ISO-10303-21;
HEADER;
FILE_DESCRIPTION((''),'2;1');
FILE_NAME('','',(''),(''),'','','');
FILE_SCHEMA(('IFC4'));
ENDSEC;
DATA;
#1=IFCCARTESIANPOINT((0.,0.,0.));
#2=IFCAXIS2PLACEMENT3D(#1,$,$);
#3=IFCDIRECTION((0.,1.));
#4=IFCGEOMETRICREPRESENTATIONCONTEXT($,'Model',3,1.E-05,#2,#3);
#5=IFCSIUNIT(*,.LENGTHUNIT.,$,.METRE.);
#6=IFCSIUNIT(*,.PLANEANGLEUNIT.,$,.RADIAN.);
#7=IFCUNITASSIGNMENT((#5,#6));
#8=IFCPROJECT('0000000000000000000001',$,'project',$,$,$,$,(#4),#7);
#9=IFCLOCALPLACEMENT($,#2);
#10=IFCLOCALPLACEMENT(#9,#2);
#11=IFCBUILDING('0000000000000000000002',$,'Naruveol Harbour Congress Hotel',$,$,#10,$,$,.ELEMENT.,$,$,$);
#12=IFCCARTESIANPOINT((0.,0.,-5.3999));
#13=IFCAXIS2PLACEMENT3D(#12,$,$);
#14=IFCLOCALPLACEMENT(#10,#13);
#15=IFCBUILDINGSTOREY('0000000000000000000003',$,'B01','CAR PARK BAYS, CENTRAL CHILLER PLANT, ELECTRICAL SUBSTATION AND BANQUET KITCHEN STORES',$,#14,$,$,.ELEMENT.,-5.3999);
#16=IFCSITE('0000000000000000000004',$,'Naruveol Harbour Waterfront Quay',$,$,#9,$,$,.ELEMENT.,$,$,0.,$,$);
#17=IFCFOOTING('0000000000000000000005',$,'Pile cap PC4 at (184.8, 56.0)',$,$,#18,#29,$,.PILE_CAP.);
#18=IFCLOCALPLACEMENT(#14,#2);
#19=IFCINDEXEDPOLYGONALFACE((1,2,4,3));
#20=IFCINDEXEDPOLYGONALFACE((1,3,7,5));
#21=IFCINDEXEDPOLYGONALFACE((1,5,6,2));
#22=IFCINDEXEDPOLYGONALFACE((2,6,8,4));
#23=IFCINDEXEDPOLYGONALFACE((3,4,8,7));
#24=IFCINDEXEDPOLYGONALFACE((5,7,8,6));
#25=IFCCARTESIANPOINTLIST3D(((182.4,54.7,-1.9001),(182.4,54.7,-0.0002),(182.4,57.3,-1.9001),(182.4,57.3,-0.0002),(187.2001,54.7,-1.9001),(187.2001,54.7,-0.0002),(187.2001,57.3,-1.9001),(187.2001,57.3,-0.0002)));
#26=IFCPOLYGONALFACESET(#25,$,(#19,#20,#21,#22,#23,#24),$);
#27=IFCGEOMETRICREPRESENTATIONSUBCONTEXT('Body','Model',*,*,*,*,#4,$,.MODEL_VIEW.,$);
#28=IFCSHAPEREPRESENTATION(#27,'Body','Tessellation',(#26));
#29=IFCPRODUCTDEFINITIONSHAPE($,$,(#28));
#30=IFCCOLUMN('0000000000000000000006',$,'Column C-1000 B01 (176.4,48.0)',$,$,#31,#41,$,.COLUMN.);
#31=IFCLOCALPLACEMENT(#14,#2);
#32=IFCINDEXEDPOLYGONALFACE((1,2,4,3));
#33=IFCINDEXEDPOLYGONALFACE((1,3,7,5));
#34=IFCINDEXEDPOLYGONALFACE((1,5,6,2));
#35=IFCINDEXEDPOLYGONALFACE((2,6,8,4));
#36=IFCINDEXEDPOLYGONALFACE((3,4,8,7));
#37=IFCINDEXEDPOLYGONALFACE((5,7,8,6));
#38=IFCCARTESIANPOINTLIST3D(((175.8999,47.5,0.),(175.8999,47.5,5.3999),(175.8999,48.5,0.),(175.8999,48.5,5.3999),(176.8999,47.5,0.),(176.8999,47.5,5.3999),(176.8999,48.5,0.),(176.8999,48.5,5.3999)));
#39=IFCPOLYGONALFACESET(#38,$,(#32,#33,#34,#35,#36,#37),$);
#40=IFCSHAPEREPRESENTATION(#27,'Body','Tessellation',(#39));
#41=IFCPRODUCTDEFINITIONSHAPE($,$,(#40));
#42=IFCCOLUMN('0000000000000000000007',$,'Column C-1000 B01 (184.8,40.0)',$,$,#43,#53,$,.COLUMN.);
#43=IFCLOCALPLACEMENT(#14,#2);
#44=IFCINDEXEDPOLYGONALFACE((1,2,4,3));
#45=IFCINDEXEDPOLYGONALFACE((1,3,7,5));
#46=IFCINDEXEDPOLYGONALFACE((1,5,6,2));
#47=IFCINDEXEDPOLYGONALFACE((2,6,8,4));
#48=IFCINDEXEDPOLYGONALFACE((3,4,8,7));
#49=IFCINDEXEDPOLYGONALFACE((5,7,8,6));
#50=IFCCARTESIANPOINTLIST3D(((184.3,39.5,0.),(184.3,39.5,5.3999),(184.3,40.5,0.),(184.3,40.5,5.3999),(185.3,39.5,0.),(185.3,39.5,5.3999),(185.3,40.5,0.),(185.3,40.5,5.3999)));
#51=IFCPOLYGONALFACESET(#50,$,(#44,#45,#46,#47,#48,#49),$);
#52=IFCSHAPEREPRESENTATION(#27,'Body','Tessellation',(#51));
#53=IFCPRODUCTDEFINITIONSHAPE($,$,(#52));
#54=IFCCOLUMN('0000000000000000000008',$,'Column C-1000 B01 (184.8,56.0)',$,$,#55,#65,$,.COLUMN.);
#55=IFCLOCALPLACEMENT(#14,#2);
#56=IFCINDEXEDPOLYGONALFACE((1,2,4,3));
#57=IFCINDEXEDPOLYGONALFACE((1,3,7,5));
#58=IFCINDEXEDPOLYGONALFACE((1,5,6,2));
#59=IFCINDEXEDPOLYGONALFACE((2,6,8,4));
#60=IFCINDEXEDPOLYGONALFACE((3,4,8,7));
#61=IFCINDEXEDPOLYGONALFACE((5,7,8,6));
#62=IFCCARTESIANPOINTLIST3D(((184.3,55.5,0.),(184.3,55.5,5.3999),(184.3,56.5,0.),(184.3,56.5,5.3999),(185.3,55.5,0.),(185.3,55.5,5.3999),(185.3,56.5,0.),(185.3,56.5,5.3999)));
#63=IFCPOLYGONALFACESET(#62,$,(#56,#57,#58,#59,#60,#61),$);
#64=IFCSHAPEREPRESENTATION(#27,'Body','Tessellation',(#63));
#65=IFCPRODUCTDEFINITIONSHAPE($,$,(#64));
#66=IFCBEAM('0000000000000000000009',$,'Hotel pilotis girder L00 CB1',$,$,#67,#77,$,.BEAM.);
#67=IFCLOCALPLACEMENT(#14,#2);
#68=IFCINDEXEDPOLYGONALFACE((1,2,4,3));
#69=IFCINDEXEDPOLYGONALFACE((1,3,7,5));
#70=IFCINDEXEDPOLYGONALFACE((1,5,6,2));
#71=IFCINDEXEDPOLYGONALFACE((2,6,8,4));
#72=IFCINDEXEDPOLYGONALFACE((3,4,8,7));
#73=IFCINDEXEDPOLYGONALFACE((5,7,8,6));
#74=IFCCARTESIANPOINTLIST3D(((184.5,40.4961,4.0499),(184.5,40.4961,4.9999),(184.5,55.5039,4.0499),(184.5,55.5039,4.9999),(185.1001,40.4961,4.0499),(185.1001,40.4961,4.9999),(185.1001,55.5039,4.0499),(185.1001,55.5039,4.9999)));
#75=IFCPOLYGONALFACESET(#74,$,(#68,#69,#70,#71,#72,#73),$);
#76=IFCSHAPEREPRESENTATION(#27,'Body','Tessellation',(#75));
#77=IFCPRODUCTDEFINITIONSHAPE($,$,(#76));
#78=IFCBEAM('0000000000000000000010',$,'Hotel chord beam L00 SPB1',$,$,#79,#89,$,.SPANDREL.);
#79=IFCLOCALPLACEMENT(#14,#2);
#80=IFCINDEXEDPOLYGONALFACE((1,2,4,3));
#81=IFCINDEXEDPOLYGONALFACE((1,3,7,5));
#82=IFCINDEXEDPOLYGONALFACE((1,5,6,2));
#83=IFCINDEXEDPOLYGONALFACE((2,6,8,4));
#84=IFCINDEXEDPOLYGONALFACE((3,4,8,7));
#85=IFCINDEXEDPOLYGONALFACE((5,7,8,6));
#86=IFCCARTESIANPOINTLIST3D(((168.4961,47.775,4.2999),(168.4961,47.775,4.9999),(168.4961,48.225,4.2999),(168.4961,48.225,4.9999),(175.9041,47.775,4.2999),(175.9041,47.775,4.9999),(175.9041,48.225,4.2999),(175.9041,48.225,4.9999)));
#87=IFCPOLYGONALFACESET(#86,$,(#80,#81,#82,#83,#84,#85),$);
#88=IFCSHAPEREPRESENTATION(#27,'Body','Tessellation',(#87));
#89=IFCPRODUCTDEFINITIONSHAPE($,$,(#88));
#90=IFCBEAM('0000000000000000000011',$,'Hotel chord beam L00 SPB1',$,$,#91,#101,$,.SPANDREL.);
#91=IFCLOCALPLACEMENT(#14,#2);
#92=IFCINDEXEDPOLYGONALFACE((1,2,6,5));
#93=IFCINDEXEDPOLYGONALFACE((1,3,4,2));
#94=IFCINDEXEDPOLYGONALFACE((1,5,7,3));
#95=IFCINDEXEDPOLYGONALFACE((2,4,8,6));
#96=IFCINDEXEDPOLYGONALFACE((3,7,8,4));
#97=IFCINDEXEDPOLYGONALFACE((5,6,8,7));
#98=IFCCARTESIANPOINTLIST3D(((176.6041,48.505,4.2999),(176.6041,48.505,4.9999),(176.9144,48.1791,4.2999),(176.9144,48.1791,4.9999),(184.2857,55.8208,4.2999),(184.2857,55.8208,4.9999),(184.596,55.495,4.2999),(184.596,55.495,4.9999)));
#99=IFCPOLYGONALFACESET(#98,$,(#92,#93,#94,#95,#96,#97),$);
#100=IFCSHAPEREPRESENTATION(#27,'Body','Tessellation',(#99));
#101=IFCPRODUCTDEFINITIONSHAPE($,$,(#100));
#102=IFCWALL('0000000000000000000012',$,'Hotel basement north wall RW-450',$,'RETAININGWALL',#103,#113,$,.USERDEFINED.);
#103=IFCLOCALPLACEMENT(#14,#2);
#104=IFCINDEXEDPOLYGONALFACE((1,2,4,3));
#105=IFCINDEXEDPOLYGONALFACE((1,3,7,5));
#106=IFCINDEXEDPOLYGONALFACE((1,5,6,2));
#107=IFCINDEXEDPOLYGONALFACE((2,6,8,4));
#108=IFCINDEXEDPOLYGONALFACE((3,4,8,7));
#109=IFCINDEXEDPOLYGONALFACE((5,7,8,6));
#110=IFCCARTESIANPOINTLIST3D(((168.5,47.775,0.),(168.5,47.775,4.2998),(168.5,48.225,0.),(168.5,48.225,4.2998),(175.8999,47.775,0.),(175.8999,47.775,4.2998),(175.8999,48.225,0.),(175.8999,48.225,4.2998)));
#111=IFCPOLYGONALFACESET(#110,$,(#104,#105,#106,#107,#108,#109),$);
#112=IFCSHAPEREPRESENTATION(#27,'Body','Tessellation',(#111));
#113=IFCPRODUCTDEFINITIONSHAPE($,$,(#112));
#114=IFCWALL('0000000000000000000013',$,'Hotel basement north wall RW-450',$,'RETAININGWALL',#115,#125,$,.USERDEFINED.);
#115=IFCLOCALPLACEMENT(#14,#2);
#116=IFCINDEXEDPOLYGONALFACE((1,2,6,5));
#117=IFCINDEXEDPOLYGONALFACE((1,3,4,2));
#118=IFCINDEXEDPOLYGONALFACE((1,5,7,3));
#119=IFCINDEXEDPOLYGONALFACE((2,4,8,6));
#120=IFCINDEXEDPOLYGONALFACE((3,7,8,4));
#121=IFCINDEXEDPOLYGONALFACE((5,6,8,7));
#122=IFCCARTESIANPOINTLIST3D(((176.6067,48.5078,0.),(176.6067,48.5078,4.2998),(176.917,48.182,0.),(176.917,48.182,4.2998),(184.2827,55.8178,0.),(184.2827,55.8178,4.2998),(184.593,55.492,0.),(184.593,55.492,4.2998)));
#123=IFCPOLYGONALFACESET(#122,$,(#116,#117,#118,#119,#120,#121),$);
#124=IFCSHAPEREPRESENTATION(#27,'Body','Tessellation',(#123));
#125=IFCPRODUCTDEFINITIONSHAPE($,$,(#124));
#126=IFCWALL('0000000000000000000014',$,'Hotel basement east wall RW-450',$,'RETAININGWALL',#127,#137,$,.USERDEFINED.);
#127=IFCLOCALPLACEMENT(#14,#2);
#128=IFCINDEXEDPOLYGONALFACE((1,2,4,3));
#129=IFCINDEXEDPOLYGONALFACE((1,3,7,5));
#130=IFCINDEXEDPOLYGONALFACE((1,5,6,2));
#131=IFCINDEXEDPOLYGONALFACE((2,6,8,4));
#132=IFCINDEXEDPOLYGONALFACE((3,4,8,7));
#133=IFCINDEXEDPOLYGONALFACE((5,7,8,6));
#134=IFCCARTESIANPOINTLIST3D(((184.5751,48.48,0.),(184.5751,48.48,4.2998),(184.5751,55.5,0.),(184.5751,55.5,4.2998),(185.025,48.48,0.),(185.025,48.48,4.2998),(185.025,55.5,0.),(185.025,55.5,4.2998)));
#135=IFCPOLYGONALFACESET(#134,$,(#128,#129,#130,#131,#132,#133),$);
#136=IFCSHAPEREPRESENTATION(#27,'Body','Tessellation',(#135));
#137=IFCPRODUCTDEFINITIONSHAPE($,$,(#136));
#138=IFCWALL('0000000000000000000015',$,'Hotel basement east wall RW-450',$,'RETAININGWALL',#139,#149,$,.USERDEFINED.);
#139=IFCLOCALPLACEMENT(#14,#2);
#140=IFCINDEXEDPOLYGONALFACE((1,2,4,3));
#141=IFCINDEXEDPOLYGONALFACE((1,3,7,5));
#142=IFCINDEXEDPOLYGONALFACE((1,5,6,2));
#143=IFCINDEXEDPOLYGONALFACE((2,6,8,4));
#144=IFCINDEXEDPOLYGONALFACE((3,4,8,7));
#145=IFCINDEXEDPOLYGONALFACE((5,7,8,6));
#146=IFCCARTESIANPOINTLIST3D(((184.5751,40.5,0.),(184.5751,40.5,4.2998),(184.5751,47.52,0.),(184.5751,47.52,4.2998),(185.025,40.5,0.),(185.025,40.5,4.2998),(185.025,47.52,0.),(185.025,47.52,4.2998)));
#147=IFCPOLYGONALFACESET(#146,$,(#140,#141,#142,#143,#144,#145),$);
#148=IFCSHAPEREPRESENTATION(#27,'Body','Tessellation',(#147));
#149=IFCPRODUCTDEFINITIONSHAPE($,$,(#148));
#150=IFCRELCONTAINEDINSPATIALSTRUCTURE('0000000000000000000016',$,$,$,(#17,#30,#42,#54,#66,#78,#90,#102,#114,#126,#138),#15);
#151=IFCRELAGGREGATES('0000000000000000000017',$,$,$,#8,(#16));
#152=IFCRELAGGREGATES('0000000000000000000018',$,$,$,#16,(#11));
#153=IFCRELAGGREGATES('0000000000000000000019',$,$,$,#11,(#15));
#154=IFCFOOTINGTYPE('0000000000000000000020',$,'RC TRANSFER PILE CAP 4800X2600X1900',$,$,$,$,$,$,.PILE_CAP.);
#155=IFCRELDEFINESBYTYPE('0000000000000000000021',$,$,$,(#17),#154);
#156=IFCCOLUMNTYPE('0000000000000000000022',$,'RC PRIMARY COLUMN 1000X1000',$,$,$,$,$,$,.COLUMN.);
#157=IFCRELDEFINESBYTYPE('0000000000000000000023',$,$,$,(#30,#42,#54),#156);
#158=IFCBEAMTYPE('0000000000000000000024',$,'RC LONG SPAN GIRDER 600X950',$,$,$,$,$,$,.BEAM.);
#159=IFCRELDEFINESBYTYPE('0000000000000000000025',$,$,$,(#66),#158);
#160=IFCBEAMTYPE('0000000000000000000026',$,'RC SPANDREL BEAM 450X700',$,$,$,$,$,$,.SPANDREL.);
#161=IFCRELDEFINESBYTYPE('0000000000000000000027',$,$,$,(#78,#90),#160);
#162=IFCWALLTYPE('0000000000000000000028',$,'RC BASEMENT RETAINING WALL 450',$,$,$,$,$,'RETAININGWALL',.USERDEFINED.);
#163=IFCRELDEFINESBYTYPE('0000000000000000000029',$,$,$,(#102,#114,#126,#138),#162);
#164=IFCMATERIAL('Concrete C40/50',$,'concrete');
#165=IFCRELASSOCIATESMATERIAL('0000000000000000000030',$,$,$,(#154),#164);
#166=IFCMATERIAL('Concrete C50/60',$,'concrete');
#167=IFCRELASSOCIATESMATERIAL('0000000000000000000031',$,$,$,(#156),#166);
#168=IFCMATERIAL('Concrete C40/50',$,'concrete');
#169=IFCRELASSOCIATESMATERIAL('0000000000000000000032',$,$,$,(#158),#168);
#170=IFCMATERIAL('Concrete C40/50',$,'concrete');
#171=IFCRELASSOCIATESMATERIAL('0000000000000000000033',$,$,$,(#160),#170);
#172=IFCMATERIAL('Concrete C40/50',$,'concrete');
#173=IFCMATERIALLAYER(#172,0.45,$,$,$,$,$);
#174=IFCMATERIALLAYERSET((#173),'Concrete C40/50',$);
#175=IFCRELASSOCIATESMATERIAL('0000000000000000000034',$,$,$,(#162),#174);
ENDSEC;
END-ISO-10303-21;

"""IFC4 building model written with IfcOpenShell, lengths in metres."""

from ifc_helpers import new_model, si_unit, direction, frame, frame_2d, origin, origin_2d, place, context, subcontext, project, spatial, rectangle, extrude, material, layer, layer_set, material_profile, profile_set, type_object, element, save


model = new_model("IFC4")

# Units and contexts
model_context = context("Model", 3, precision=1e-05, world=origin(), true_north=direction((0.0, 1.0)))
body_context = subcontext(model_context, "Body", "Model", "MODEL_VIEW")
ifc_project = project(units=[si_unit("LENGTHUNIT", "METRE"), si_unit("PLANEANGLEUNIT", "RADIAN")], contexts=[model_context])

# Site, building, storey
site_placement = place(None, origin())
site = spatial("IfcSite", under=ifc_project, at=site_placement, Name="Naruveol Harbour Waterfront Quay", CompositionType="ELEMENT", RefElevation=0.0)
building_placement = place(site_placement, origin())
building = spatial("IfcBuilding", under=site, at=building_placement, Name="Naruveol Harbour Congress Hotel", CompositionType="ELEMENT")
storey_placement = place(building_placement, frame((0.0, 0.0, -5.3999)))
storey = spatial("IfcBuildingStorey", under=building, at=storey_placement, Name="B01", Description="CAR PARK BAYS, CENTRAL CHILLER PLANT, ELECTRICAL SUBSTATION AND BANQUET KITCHEN STORES", CompositionType="ELEMENT", Elevation=-5.3999)

# Footing
ifc_material_1 = material(Name="Concrete C40/50", Category="concrete")
footing_type_1 = type_object("IfcFootingType", Name="RC TRANSFER PILE CAP 4800X2600X1900", PredefinedType="PILE_CAP", material=ifc_material_1)
for number, where, z_axis, x_axis, name in (
    (1, (184.8, 56.0, -1.9001), (0.0, 0.0, 1.0), (1.0, 0.0, 0.0), "Pile cap PC4 at (184.8, 56.0)"),
):
    element("IfcFooting", number, at=place(storey_placement, frame(where, z_axis=z_axis, x_axis=x_axis)), inside=storey, type_object=footing_type_1, Name=name, PredefinedType="PILE_CAP", context=body_context, shape_type="SweptSolid", body=[
        extrude(rectangle(XDim=4.8, YDim=2.6001, at=origin_2d()), origin(), (0.0, 0.0, 1.0), 1.8999),
    ])

# Columns
ifc_material_2 = material(Name="Concrete C50/60", Category="concrete")
ifc_material_profile_1 = material_profile(ifc_material_2, rectangle(XDim=1.0, YDim=1.0, at=origin_2d()), Name="RC-1000x1000")
ifc_profile_set_1 = profile_set([ifc_material_profile_1], Name="Concrete C50/60")
column_type = type_object("IfcColumnType", Name="RC PRIMARY COLUMN 1000X1000", PredefinedType="COLUMN", material=ifc_profile_set_1)
for number, where, z_axis, x_axis, name in (
    (2, (176.3999, 48.0, 0.0), (0.0, 0.0, 1.0), (1.0, 0.0, 0.0), "Column C-1000 B01 (176.4,48.0)"),
    (3, (184.8, 40.0, 0.0), (0.0, 0.0, 1.0), (1.0, 0.0, 0.0), "Column C-1000 B01 (184.8,40.0)"),
    (4, (184.8, 56.0, 0.0), (0.0, 0.0, 1.0), (1.0, 0.0, 0.0), "Column C-1000 B01 (184.8,56.0)"),
):
    element("IfcColumn", number, at=place(storey_placement, frame(where, z_axis=z_axis, x_axis=x_axis)), inside=storey, type_object=column_type, Name=name, PredefinedType="COLUMN", context=body_context, shape_type="SweptSolid", body=[
        extrude(rectangle(XDim=1.0, YDim=1.0, at=origin_2d()), origin(), (0.0, 0.0, 1.0), 5.3999),
    ])

# Beams
ifc_material_3 = material(Name="Concrete C40/50", Category="concrete")
ifc_material_profile_2 = material_profile(ifc_material_3, rectangle(XDim=0.6001, YDim=0.95, at=origin_2d()), Name="RCB-600x950")
ifc_profile_set_2 = profile_set([ifc_material_profile_2], Name="Concrete C40/50")
beam_type_1 = type_object("IfcBeamType", Name="RC LONG SPAN GIRDER 600X950", PredefinedType="BEAM", material=ifc_profile_set_2)
beam_1_placement = place(storey_placement, frame((184.8, 40.4961, 4.5249), z_axis=(0.0, 1.0, 0.0), x_axis=(-1.0, 0.0, 0.0)))
element("IfcBeam", 5, at=beam_1_placement, inside=storey, type_object=beam_type_1, Name="Hotel pilotis girder L00 CB1", PredefinedType="BEAM", context=body_context, shape_type="SweptSolid", body=[
    extrude(rectangle(XDim=0.6001, YDim=0.95, at=origin_2d()), origin(), (0.0, 0.0, 1.0), 15.0078),
])
ifc_material_4 = material(Name="Concrete C40/50", Category="concrete")
ifc_material_profile_3 = material_profile(ifc_material_4, rectangle(XDim=0.45, YDim=0.7, at=origin_2d()), Name="RCB-450x700")
ifc_profile_set_3 = profile_set([ifc_material_profile_3], Name="Concrete C40/50")
beam_type_2 = type_object("IfcBeamType", Name="RC SPANDREL BEAM 450X700", PredefinedType="SPANDREL", material=ifc_profile_set_3)
beam_2_placement = place(storey_placement, frame((168.4961, 48.0, 4.6499), z_axis=(1.0, 0.0, 0.0), x_axis=(0.0, 1.0, 0.0)))
element("IfcBeam", 6, at=beam_2_placement, inside=storey, type_object=beam_type_2, Name="Hotel chord beam L00 SPB1", PredefinedType="SPANDREL", context=body_context, shape_type="SweptSolid", body=[
    extrude(rectangle(XDim=0.45, YDim=0.7, at=origin_2d()), origin(), (0.0, 0.0, 1.0), 7.408),
])
beam_3_placement = place(storey_placement, frame((176.7593, 48.342, 4.6499), z_axis=(0.724135, 0.689659, 0.0), x_axis=(-0.689659, 0.724135, 0.0)))
element("IfcBeam", 7, at=beam_3_placement, inside=storey, type_object=beam_type_2, Name="Hotel chord beam L00 SPB1", PredefinedType="SPANDREL", context=body_context, shape_type="SweptSolid", body=[
    extrude(rectangle(XDim=0.45, YDim=0.7, at=origin_2d()), origin(), (0.0, 0.0, 1.0), 10.6079),
])

# Walls
ifc_material_5 = material(Name="Concrete C40/50", Category="concrete")
ifc_layer = layer(ifc_material_5, 0.45)
ifc_layer_set = layer_set([ifc_layer], Name="Concrete C40/50")
wall_type = type_object("IfcWallType", Name="RC BASEMENT RETAINING WALL 450", ElementType="RETAININGWALL", PredefinedType="USERDEFINED", material=ifc_layer_set)
wall_1_placement = place(storey_placement, frame((168.5, 48.0, 0.0), z_axis=(0.0, 0.0, 1.0), x_axis=(1.0, 0.0, 0.0)))
element("IfcWall", 8, at=wall_1_placement, inside=storey, type_object=wall_type, Name="Hotel basement north wall RW-450", ObjectType="RETAININGWALL", PredefinedType="USERDEFINED", context=body_context, shape_type="SweptSolid", body=[
    extrude(rectangle(XDim=7.3999, YDim=0.45, at=frame_2d((3.7, 0.0))), origin(), (0.0, 0.0, 1.0), 4.2998),
])
wall_2_placement = place(storey_placement, frame((176.762, 48.345, 0.0), z_axis=(0.0, 0.0, 1.0), x_axis=(0.724159, 0.689633, 0.0)))
element("IfcWall", 9, at=wall_2_placement, inside=storey, type_object=wall_type, Name="Hotel basement north wall RW-450", ObjectType="RETAININGWALL", PredefinedType="USERDEFINED", context=body_context, shape_type="SweptSolid", body=[
    extrude(rectangle(XDim=10.5999, YDim=0.45, at=frame_2d((5.2998, 0.0))), origin(), (0.0, 0.0, 1.0), 4.2998),
])
for number, where, z_axis, x_axis, name in (
    (10, (184.8, 55.5, 0.0), (0.0, 0.0, 1.0), (0.0, -1.0, 0.0), "Hotel basement east wall RW-450"),
    (11, (184.8, 47.52, 0.0), (0.0, 0.0, 1.0), (0.0, -1.0, 0.0), "Hotel basement east wall RW-450"),
):
    element("IfcWall", number, at=place(storey_placement, frame(where, z_axis=z_axis, x_axis=x_axis)), inside=storey, type_object=wall_type, Name=name, ObjectType="RETAININGWALL", PredefinedType="USERDEFINED", context=body_context, shape_type="SweptSolid", body=[
        extrude(rectangle(XDim=7.02, YDim=0.45, at=frame_2d((3.51, 0.0))), origin(), (0.0, 0.0, 1.0), 4.2998),
    ])

save(model, "model.ifc")
